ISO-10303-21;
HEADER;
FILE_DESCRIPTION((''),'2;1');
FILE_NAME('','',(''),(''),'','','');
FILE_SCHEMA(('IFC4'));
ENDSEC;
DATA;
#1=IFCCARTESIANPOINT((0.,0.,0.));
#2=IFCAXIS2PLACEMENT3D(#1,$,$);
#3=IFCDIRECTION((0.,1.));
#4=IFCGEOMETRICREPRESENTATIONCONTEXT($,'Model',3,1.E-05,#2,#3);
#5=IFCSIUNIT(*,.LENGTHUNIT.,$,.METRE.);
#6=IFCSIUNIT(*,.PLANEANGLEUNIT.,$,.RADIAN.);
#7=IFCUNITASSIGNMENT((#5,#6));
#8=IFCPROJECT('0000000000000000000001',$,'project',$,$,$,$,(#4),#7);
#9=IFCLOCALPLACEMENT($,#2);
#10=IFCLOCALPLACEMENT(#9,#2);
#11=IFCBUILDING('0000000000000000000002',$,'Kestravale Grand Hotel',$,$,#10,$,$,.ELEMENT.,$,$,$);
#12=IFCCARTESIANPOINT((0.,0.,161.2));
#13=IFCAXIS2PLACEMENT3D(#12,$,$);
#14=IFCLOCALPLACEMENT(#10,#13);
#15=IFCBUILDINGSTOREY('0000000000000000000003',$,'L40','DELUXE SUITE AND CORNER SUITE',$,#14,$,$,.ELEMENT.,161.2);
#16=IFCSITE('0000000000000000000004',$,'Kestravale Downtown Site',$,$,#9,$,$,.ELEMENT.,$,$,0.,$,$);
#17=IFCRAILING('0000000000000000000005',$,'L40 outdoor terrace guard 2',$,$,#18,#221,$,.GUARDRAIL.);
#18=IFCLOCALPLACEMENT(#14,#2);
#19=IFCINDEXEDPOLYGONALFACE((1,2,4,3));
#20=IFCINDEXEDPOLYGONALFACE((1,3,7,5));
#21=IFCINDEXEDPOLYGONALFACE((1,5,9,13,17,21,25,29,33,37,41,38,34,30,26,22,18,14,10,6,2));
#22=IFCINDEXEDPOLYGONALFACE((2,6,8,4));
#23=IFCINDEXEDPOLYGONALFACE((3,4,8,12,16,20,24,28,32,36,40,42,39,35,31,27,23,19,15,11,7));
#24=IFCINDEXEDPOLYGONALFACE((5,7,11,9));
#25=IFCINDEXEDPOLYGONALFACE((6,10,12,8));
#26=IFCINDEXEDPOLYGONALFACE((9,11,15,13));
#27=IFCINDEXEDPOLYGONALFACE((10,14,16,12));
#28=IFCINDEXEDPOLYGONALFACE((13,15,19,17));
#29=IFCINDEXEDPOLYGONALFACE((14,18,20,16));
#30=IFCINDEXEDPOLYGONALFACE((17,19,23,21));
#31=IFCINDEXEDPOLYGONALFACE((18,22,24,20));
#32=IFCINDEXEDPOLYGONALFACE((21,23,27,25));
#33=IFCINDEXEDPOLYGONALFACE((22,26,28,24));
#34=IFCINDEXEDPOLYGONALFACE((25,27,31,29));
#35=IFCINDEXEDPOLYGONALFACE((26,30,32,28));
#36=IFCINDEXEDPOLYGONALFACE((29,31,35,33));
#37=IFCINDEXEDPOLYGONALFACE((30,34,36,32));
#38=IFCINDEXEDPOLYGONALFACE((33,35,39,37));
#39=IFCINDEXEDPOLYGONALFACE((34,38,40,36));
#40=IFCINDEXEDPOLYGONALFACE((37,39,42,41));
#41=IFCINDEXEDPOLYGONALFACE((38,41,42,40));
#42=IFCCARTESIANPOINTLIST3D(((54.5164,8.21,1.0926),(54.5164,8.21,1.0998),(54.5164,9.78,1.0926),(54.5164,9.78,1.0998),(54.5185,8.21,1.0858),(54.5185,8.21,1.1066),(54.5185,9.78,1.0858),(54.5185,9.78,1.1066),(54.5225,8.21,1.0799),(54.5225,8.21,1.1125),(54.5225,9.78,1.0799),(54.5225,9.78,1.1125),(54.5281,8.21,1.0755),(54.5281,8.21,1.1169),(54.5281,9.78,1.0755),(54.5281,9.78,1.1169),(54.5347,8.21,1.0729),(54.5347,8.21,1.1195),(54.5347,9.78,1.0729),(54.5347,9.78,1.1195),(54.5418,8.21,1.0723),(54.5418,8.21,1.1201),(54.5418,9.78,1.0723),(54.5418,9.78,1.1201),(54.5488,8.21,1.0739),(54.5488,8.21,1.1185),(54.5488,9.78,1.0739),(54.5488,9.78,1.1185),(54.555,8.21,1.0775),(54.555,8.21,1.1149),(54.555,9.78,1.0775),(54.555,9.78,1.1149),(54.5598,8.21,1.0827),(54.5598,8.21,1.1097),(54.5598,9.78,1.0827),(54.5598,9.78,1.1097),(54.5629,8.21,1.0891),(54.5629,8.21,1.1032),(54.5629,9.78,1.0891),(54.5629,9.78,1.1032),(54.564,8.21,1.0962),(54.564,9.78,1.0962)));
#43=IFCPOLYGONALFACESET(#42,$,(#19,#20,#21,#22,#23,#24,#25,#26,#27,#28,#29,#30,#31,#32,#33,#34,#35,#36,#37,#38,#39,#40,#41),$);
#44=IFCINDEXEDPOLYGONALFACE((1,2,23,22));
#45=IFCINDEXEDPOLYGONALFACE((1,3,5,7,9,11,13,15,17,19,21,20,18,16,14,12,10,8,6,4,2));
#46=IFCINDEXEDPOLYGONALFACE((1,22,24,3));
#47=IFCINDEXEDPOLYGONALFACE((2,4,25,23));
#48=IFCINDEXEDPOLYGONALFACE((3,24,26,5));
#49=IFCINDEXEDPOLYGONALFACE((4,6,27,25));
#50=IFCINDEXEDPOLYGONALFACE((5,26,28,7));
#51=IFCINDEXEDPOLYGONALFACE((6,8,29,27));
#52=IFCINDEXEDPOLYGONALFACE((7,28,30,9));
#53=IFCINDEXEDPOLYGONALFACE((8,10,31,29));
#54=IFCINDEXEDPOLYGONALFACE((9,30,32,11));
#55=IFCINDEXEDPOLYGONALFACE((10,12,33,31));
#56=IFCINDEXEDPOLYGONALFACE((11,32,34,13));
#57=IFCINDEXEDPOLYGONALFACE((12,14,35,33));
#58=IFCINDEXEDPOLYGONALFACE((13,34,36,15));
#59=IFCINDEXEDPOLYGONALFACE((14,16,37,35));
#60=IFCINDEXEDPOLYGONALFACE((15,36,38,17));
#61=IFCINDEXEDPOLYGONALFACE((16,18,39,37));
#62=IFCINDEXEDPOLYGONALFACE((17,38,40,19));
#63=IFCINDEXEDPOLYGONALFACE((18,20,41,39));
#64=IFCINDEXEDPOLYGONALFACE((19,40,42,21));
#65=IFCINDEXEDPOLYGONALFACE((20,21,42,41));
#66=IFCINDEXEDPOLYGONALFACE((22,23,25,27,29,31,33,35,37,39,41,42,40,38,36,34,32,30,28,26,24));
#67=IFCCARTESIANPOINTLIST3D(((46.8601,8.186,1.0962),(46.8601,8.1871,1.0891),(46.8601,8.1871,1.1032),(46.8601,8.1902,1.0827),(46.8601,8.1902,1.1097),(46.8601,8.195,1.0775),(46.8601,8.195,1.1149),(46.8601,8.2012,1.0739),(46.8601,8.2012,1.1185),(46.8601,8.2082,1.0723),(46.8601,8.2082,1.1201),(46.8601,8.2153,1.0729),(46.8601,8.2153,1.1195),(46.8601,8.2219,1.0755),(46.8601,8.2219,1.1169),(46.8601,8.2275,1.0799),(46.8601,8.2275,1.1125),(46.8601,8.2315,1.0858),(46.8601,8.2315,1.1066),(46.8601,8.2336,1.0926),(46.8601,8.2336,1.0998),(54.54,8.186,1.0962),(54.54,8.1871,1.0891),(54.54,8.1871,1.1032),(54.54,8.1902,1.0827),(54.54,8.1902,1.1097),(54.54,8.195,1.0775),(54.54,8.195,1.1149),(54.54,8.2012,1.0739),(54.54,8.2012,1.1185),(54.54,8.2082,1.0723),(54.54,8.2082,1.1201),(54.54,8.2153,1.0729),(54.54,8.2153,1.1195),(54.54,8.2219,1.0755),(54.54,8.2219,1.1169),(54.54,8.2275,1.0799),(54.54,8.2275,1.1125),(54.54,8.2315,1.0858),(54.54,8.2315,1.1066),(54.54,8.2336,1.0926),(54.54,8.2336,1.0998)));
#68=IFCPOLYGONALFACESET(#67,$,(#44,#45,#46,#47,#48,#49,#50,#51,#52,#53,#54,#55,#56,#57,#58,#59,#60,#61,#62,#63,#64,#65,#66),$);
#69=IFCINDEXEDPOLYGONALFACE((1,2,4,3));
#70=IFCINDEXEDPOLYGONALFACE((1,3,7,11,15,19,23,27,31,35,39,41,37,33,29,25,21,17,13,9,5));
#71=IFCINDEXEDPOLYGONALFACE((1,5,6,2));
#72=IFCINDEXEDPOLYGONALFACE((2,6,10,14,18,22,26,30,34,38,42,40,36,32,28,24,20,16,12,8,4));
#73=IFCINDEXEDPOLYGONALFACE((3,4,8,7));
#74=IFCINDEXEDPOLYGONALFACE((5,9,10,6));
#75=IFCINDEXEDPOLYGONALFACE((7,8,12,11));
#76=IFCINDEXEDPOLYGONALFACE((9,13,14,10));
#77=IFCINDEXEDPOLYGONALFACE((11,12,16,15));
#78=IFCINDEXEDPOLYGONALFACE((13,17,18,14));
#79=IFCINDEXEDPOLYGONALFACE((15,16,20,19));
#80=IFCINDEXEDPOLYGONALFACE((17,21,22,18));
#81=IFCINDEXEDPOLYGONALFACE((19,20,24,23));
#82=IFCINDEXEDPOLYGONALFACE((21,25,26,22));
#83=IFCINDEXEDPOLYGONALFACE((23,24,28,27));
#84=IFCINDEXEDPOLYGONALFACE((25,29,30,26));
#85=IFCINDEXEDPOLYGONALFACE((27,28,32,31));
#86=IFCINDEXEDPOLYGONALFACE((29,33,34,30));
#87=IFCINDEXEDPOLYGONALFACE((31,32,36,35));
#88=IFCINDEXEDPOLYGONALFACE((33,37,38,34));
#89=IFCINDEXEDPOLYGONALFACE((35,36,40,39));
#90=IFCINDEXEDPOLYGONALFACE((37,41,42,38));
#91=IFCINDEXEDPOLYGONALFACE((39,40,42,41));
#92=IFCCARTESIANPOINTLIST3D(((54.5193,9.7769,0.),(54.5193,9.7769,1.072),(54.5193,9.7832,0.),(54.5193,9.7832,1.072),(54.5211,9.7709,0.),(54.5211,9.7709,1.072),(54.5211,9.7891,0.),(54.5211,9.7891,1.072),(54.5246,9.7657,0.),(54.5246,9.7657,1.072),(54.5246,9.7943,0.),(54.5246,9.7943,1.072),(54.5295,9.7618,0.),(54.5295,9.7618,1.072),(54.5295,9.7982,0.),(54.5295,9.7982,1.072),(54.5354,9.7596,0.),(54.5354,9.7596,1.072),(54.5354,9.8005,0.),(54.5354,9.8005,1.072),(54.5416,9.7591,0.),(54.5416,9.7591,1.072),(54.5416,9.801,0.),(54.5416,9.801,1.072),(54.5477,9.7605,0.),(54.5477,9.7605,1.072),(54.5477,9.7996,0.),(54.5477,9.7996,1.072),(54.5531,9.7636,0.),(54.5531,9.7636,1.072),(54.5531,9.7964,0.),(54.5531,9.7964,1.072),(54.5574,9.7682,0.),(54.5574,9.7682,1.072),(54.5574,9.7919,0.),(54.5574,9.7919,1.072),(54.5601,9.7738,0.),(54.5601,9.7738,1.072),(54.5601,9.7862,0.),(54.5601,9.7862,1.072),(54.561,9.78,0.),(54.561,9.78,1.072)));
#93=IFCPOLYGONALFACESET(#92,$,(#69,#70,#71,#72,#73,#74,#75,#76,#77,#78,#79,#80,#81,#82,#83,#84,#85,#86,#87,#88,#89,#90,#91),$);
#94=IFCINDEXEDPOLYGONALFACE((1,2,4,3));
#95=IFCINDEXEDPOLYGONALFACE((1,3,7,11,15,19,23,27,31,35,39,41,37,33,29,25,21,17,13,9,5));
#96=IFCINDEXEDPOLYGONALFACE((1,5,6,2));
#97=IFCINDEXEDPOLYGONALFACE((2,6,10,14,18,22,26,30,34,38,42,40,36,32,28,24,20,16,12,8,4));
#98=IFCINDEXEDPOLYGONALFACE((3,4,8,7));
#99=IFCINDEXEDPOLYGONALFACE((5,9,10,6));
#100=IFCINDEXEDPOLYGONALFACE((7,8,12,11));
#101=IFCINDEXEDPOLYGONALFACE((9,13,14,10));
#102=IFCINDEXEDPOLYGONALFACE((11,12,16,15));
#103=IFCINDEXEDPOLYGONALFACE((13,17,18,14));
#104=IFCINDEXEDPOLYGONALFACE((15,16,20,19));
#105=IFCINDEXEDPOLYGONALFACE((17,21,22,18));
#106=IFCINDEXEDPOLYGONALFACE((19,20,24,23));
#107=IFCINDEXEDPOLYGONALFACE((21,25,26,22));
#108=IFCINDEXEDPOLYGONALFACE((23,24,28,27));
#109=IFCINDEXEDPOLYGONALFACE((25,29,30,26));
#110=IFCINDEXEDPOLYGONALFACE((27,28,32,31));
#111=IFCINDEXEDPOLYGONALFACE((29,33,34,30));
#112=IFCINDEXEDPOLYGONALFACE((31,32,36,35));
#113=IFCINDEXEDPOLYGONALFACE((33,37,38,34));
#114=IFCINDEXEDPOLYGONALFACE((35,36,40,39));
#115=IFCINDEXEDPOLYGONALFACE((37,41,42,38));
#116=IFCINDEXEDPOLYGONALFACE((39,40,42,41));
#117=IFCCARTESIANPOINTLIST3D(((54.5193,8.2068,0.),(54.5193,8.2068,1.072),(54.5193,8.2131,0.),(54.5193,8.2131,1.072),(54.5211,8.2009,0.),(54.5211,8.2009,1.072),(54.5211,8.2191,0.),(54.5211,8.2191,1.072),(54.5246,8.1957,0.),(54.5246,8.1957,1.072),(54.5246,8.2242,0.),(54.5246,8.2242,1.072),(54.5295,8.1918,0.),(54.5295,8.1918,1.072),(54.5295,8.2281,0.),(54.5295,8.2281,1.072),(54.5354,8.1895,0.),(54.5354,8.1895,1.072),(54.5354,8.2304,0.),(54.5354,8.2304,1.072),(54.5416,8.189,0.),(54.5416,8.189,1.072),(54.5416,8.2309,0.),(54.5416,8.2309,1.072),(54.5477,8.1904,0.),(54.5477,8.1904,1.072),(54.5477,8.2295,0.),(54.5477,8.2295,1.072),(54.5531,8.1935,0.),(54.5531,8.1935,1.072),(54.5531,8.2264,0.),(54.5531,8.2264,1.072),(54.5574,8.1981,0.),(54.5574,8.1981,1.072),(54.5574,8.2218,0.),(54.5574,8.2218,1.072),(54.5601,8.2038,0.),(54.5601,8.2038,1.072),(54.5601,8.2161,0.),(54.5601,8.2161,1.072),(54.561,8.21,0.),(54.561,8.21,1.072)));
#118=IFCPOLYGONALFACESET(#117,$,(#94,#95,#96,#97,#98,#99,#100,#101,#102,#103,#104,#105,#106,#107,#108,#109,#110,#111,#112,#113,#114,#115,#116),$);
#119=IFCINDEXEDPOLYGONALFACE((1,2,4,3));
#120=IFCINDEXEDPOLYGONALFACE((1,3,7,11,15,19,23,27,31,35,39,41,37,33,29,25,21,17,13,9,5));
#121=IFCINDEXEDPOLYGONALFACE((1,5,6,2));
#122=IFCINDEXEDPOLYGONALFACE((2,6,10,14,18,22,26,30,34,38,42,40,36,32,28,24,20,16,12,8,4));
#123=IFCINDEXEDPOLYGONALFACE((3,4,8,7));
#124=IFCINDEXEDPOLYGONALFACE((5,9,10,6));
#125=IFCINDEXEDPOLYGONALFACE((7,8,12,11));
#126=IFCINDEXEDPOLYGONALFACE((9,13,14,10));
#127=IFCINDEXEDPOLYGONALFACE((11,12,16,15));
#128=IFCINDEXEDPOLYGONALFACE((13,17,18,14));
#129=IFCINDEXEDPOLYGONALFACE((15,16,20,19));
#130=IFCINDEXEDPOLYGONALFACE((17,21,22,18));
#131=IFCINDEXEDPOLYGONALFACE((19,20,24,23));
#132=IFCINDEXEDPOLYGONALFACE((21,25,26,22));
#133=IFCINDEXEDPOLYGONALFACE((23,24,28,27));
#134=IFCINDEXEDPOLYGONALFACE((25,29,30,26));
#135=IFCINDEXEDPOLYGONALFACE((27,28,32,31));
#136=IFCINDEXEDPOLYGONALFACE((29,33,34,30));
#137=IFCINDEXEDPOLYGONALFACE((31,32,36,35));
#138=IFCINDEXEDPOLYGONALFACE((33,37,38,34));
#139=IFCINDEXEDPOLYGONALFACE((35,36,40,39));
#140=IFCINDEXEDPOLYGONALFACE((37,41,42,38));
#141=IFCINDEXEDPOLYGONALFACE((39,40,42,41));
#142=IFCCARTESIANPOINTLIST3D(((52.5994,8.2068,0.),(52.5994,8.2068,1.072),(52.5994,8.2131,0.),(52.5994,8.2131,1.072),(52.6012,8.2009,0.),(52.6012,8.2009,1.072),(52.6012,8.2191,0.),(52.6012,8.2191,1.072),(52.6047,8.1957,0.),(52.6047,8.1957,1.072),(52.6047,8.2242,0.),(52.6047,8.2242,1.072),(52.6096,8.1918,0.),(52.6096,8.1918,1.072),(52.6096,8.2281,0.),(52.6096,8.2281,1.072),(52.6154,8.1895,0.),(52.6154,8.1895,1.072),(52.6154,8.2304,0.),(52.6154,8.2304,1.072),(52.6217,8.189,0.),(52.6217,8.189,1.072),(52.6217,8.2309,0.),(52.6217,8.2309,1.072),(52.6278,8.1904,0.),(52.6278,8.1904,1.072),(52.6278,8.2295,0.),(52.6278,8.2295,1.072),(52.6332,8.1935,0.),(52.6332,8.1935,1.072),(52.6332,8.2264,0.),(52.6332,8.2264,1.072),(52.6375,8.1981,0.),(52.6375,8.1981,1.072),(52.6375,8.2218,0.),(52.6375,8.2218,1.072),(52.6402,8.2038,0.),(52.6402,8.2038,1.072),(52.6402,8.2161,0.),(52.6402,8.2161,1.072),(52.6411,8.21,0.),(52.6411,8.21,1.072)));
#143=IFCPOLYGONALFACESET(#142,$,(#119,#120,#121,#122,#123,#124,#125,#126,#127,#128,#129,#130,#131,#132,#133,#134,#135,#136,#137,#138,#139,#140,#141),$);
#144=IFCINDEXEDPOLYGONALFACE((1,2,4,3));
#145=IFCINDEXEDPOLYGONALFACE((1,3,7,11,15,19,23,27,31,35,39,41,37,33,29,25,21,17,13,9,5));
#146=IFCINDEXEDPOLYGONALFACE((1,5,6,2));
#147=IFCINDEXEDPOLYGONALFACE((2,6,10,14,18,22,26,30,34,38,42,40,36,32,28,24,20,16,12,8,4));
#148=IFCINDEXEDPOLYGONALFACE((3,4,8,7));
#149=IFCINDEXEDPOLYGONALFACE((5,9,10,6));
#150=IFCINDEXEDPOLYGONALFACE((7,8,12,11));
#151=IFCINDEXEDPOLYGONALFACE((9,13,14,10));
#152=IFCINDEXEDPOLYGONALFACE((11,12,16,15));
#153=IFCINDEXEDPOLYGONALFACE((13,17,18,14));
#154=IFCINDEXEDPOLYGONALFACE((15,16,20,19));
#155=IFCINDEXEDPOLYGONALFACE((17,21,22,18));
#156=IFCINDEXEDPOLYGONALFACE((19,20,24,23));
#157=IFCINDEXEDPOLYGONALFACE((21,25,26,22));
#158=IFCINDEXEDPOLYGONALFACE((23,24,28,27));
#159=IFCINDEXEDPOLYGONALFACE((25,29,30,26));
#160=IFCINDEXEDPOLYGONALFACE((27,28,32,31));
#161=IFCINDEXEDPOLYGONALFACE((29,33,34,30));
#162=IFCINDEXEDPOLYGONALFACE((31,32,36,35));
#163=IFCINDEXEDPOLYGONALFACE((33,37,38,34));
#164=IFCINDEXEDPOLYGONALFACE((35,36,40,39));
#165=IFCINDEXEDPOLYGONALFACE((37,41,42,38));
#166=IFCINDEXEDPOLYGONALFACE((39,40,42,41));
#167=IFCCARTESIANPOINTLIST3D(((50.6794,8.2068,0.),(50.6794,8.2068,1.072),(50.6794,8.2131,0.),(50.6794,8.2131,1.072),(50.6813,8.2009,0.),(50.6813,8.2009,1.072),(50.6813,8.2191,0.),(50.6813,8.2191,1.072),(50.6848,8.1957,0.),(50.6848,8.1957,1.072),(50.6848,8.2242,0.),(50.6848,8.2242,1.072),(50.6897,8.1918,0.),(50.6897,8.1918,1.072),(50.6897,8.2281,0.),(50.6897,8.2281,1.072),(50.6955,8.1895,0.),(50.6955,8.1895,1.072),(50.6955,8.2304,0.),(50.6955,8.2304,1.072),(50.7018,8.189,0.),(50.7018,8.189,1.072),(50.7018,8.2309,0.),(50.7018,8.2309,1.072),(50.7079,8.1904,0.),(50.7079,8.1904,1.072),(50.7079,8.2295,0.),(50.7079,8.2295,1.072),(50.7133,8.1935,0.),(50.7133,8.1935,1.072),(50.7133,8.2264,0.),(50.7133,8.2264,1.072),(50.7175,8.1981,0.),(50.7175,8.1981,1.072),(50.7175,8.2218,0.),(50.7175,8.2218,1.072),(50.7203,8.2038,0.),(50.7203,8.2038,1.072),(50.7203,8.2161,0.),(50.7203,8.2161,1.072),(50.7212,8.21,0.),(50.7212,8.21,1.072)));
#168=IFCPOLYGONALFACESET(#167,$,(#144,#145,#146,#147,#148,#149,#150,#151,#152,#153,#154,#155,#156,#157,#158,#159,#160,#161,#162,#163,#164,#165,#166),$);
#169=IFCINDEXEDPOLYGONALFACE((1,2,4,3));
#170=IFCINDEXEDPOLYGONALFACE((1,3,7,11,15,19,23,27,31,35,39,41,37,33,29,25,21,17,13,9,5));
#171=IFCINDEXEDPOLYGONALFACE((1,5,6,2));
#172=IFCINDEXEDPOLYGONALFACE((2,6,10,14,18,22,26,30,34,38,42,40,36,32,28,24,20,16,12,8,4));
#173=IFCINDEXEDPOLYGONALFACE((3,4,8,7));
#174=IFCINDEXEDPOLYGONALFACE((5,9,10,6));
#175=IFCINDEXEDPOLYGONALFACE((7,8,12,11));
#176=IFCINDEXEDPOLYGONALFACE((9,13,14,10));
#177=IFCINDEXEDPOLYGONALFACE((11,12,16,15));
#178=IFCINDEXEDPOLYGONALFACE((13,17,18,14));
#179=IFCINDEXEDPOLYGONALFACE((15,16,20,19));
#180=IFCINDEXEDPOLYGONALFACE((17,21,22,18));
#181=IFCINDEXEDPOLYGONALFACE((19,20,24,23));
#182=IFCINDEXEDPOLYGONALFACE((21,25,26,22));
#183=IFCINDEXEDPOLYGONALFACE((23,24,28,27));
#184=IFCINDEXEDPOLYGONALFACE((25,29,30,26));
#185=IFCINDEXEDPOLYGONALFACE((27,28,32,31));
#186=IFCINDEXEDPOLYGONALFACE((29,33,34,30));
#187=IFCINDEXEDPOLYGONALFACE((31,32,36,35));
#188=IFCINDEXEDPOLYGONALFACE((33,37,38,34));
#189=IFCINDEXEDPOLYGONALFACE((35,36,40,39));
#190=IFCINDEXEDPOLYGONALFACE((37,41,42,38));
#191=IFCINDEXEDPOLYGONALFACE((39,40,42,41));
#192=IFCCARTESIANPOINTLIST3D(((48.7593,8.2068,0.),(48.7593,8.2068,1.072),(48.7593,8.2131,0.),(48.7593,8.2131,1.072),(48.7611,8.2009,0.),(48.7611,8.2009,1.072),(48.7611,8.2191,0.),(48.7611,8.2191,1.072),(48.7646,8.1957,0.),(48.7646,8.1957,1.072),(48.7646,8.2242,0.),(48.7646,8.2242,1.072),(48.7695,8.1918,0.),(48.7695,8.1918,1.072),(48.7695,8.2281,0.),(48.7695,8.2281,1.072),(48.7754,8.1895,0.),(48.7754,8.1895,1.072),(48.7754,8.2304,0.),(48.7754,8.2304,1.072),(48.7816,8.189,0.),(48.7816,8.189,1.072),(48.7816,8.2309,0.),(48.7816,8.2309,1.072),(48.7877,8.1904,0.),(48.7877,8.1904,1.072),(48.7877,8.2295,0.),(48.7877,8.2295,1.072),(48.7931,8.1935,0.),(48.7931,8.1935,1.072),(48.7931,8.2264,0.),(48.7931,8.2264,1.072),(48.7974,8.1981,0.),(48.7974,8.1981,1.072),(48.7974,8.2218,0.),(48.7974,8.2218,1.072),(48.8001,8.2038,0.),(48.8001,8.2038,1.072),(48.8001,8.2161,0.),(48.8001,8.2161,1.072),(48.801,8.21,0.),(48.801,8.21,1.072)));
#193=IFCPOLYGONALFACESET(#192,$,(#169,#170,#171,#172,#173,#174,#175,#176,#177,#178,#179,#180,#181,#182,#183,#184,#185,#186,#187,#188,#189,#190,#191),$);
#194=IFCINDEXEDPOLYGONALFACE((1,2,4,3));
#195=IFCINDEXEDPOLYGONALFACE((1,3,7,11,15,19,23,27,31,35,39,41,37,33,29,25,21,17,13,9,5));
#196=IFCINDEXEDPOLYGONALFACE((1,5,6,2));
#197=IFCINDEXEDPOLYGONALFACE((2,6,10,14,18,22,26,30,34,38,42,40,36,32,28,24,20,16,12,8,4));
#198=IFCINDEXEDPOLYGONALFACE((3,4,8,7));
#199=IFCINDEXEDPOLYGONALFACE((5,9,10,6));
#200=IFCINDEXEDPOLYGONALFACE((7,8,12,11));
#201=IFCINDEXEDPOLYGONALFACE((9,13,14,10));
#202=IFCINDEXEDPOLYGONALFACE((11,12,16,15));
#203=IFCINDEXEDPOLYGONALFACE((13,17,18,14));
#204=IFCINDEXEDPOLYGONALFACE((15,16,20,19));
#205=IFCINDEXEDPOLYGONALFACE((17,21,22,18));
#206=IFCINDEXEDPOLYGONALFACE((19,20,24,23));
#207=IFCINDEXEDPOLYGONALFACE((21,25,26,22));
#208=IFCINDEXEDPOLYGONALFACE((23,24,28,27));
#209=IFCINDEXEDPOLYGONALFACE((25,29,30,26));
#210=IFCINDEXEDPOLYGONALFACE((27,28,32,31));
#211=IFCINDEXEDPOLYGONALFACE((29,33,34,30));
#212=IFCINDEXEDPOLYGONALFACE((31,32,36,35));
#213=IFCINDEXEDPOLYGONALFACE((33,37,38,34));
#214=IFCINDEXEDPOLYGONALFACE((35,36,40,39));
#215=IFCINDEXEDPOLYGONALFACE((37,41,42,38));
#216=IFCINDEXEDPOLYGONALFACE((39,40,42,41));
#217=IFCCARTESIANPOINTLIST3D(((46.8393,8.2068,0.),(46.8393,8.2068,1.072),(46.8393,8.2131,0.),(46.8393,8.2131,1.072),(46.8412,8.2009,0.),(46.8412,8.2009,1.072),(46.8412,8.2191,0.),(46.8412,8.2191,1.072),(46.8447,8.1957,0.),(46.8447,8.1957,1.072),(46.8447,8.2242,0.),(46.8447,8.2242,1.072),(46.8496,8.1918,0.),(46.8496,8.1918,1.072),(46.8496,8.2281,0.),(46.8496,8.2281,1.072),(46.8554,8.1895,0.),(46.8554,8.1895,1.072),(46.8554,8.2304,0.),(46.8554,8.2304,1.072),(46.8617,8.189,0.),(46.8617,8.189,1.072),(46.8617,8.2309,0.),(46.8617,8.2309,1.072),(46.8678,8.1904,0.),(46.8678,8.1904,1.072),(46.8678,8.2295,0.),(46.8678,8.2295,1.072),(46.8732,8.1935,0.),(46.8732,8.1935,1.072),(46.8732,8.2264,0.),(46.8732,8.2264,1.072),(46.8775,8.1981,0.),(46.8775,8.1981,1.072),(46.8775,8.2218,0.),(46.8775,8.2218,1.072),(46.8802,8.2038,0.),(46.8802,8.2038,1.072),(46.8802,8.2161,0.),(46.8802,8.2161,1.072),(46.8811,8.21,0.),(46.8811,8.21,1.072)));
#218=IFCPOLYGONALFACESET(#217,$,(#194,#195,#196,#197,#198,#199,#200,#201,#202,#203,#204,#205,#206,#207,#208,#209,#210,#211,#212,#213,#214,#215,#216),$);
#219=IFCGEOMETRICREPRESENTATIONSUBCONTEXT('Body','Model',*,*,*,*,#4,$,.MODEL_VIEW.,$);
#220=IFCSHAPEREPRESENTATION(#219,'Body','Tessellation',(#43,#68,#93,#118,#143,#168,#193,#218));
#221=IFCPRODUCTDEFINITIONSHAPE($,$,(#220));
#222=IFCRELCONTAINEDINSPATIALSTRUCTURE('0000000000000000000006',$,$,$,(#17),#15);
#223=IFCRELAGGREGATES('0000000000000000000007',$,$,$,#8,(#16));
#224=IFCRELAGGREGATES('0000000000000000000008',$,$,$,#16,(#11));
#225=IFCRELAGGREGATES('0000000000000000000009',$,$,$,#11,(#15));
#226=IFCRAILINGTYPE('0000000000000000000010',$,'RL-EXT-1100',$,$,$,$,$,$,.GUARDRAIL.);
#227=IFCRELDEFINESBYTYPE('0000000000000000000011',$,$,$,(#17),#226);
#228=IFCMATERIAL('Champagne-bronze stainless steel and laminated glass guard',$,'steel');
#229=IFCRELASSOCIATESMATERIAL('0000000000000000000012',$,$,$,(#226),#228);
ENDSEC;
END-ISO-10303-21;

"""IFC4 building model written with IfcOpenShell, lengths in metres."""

from ifc_helpers import new_model, si_unit, direction, frame, origin, origin_2d, place, context, subcontext, project, spatial, circle, extrude, material, type_object, element, save


model = new_model("IFC4")

# Units and contexts
model_context = context("Model", 3, precision=1e-05, world=origin(), true_north=direction((0.0, 1.0)))
body_context = subcontext(model_context, "Body", "Model", "MODEL_VIEW")
ifc_project = project(units=[si_unit("LENGTHUNIT", "METRE"), si_unit("PLANEANGLEUNIT", "RADIAN")], contexts=[model_context])

# Site, building, storey
site_placement = place(None, origin())
site = spatial("IfcSite", under=ifc_project, at=site_placement, Name="Kestravale Downtown Site", CompositionType="ELEMENT", RefElevation=0.0)
building_placement = place(site_placement, origin())
building = spatial("IfcBuilding", under=site, at=building_placement, Name="Kestravale Grand Hotel", CompositionType="ELEMENT")
storey_placement = place(building_placement, frame((0.0, 0.0, 161.2)))
storey = spatial("IfcBuildingStorey", under=building, at=storey_placement, Name="L40", Description="DELUXE SUITE AND CORNER SUITE", CompositionType="ELEMENT", Elevation=161.2)

# Railing
ifc_material_1 = material(Name="Champagne-bronze stainless steel and laminated glass guard", Category="steel")
railing_type = type_object("IfcRailingType", Name="RL-EXT-1100", PredefinedType="GUARDRAIL", material=ifc_material_1)
railing_1_placement = place(storey_placement, frame((54.54, 9.78, 0.0)))
element("IfcRailing", 1, at=railing_1_placement, inside=storey, type_object=railing_type, Name="L40 outdoor terrace guard 2", PredefinedType="GUARDRAIL", context=body_context, shape_type="SweptSolid", body=[
    extrude(circle(Radius=0.0239, at=origin_2d()), frame((0.0, 0.0, 1.0962), z_axis=(0.0, -1.0, 0.0), x_axis=(1.0, 0.0, 0.0)), (0.0, 0.0, 1.0), 1.5701),
    extrude(circle(Radius=0.0239, at=origin_2d()), frame((0.0, -1.5701, 1.0962), z_axis=(-1.0, 0.0, 0.0), x_axis=(0.0, -1.0, 0.0)), (0.0, 0.0, 1.0), 7.6799),
    extrude(circle(Radius=0.021, at=origin_2d()), origin(), (0.0, 0.0, 1.0), 1.072),
    extrude(circle(Radius=0.021, at=origin_2d()), frame((0.0, -1.5701, 0.0)), (0.0, 0.0, 1.0), 1.072),
    extrude(circle(Radius=0.021, at=origin_2d()), frame((-1.9199, -1.5701, 0.0)), (0.0, 0.0, 1.0), 1.072),
    extrude(circle(Radius=0.021, at=origin_2d()), frame((-3.8398, -1.5701, 0.0)), (0.0, 0.0, 1.0), 1.072),
    extrude(circle(Radius=0.021, at=origin_2d()), frame((-5.76, -1.5701, 0.0)), (0.0, 0.0, 1.0), 1.072),
    extrude(circle(Radius=0.021, at=origin_2d()), frame((-7.6799, -1.5701, 0.0)), (0.0, 0.0, 1.0), 1.072),
])

save(model, "model.ifc")
